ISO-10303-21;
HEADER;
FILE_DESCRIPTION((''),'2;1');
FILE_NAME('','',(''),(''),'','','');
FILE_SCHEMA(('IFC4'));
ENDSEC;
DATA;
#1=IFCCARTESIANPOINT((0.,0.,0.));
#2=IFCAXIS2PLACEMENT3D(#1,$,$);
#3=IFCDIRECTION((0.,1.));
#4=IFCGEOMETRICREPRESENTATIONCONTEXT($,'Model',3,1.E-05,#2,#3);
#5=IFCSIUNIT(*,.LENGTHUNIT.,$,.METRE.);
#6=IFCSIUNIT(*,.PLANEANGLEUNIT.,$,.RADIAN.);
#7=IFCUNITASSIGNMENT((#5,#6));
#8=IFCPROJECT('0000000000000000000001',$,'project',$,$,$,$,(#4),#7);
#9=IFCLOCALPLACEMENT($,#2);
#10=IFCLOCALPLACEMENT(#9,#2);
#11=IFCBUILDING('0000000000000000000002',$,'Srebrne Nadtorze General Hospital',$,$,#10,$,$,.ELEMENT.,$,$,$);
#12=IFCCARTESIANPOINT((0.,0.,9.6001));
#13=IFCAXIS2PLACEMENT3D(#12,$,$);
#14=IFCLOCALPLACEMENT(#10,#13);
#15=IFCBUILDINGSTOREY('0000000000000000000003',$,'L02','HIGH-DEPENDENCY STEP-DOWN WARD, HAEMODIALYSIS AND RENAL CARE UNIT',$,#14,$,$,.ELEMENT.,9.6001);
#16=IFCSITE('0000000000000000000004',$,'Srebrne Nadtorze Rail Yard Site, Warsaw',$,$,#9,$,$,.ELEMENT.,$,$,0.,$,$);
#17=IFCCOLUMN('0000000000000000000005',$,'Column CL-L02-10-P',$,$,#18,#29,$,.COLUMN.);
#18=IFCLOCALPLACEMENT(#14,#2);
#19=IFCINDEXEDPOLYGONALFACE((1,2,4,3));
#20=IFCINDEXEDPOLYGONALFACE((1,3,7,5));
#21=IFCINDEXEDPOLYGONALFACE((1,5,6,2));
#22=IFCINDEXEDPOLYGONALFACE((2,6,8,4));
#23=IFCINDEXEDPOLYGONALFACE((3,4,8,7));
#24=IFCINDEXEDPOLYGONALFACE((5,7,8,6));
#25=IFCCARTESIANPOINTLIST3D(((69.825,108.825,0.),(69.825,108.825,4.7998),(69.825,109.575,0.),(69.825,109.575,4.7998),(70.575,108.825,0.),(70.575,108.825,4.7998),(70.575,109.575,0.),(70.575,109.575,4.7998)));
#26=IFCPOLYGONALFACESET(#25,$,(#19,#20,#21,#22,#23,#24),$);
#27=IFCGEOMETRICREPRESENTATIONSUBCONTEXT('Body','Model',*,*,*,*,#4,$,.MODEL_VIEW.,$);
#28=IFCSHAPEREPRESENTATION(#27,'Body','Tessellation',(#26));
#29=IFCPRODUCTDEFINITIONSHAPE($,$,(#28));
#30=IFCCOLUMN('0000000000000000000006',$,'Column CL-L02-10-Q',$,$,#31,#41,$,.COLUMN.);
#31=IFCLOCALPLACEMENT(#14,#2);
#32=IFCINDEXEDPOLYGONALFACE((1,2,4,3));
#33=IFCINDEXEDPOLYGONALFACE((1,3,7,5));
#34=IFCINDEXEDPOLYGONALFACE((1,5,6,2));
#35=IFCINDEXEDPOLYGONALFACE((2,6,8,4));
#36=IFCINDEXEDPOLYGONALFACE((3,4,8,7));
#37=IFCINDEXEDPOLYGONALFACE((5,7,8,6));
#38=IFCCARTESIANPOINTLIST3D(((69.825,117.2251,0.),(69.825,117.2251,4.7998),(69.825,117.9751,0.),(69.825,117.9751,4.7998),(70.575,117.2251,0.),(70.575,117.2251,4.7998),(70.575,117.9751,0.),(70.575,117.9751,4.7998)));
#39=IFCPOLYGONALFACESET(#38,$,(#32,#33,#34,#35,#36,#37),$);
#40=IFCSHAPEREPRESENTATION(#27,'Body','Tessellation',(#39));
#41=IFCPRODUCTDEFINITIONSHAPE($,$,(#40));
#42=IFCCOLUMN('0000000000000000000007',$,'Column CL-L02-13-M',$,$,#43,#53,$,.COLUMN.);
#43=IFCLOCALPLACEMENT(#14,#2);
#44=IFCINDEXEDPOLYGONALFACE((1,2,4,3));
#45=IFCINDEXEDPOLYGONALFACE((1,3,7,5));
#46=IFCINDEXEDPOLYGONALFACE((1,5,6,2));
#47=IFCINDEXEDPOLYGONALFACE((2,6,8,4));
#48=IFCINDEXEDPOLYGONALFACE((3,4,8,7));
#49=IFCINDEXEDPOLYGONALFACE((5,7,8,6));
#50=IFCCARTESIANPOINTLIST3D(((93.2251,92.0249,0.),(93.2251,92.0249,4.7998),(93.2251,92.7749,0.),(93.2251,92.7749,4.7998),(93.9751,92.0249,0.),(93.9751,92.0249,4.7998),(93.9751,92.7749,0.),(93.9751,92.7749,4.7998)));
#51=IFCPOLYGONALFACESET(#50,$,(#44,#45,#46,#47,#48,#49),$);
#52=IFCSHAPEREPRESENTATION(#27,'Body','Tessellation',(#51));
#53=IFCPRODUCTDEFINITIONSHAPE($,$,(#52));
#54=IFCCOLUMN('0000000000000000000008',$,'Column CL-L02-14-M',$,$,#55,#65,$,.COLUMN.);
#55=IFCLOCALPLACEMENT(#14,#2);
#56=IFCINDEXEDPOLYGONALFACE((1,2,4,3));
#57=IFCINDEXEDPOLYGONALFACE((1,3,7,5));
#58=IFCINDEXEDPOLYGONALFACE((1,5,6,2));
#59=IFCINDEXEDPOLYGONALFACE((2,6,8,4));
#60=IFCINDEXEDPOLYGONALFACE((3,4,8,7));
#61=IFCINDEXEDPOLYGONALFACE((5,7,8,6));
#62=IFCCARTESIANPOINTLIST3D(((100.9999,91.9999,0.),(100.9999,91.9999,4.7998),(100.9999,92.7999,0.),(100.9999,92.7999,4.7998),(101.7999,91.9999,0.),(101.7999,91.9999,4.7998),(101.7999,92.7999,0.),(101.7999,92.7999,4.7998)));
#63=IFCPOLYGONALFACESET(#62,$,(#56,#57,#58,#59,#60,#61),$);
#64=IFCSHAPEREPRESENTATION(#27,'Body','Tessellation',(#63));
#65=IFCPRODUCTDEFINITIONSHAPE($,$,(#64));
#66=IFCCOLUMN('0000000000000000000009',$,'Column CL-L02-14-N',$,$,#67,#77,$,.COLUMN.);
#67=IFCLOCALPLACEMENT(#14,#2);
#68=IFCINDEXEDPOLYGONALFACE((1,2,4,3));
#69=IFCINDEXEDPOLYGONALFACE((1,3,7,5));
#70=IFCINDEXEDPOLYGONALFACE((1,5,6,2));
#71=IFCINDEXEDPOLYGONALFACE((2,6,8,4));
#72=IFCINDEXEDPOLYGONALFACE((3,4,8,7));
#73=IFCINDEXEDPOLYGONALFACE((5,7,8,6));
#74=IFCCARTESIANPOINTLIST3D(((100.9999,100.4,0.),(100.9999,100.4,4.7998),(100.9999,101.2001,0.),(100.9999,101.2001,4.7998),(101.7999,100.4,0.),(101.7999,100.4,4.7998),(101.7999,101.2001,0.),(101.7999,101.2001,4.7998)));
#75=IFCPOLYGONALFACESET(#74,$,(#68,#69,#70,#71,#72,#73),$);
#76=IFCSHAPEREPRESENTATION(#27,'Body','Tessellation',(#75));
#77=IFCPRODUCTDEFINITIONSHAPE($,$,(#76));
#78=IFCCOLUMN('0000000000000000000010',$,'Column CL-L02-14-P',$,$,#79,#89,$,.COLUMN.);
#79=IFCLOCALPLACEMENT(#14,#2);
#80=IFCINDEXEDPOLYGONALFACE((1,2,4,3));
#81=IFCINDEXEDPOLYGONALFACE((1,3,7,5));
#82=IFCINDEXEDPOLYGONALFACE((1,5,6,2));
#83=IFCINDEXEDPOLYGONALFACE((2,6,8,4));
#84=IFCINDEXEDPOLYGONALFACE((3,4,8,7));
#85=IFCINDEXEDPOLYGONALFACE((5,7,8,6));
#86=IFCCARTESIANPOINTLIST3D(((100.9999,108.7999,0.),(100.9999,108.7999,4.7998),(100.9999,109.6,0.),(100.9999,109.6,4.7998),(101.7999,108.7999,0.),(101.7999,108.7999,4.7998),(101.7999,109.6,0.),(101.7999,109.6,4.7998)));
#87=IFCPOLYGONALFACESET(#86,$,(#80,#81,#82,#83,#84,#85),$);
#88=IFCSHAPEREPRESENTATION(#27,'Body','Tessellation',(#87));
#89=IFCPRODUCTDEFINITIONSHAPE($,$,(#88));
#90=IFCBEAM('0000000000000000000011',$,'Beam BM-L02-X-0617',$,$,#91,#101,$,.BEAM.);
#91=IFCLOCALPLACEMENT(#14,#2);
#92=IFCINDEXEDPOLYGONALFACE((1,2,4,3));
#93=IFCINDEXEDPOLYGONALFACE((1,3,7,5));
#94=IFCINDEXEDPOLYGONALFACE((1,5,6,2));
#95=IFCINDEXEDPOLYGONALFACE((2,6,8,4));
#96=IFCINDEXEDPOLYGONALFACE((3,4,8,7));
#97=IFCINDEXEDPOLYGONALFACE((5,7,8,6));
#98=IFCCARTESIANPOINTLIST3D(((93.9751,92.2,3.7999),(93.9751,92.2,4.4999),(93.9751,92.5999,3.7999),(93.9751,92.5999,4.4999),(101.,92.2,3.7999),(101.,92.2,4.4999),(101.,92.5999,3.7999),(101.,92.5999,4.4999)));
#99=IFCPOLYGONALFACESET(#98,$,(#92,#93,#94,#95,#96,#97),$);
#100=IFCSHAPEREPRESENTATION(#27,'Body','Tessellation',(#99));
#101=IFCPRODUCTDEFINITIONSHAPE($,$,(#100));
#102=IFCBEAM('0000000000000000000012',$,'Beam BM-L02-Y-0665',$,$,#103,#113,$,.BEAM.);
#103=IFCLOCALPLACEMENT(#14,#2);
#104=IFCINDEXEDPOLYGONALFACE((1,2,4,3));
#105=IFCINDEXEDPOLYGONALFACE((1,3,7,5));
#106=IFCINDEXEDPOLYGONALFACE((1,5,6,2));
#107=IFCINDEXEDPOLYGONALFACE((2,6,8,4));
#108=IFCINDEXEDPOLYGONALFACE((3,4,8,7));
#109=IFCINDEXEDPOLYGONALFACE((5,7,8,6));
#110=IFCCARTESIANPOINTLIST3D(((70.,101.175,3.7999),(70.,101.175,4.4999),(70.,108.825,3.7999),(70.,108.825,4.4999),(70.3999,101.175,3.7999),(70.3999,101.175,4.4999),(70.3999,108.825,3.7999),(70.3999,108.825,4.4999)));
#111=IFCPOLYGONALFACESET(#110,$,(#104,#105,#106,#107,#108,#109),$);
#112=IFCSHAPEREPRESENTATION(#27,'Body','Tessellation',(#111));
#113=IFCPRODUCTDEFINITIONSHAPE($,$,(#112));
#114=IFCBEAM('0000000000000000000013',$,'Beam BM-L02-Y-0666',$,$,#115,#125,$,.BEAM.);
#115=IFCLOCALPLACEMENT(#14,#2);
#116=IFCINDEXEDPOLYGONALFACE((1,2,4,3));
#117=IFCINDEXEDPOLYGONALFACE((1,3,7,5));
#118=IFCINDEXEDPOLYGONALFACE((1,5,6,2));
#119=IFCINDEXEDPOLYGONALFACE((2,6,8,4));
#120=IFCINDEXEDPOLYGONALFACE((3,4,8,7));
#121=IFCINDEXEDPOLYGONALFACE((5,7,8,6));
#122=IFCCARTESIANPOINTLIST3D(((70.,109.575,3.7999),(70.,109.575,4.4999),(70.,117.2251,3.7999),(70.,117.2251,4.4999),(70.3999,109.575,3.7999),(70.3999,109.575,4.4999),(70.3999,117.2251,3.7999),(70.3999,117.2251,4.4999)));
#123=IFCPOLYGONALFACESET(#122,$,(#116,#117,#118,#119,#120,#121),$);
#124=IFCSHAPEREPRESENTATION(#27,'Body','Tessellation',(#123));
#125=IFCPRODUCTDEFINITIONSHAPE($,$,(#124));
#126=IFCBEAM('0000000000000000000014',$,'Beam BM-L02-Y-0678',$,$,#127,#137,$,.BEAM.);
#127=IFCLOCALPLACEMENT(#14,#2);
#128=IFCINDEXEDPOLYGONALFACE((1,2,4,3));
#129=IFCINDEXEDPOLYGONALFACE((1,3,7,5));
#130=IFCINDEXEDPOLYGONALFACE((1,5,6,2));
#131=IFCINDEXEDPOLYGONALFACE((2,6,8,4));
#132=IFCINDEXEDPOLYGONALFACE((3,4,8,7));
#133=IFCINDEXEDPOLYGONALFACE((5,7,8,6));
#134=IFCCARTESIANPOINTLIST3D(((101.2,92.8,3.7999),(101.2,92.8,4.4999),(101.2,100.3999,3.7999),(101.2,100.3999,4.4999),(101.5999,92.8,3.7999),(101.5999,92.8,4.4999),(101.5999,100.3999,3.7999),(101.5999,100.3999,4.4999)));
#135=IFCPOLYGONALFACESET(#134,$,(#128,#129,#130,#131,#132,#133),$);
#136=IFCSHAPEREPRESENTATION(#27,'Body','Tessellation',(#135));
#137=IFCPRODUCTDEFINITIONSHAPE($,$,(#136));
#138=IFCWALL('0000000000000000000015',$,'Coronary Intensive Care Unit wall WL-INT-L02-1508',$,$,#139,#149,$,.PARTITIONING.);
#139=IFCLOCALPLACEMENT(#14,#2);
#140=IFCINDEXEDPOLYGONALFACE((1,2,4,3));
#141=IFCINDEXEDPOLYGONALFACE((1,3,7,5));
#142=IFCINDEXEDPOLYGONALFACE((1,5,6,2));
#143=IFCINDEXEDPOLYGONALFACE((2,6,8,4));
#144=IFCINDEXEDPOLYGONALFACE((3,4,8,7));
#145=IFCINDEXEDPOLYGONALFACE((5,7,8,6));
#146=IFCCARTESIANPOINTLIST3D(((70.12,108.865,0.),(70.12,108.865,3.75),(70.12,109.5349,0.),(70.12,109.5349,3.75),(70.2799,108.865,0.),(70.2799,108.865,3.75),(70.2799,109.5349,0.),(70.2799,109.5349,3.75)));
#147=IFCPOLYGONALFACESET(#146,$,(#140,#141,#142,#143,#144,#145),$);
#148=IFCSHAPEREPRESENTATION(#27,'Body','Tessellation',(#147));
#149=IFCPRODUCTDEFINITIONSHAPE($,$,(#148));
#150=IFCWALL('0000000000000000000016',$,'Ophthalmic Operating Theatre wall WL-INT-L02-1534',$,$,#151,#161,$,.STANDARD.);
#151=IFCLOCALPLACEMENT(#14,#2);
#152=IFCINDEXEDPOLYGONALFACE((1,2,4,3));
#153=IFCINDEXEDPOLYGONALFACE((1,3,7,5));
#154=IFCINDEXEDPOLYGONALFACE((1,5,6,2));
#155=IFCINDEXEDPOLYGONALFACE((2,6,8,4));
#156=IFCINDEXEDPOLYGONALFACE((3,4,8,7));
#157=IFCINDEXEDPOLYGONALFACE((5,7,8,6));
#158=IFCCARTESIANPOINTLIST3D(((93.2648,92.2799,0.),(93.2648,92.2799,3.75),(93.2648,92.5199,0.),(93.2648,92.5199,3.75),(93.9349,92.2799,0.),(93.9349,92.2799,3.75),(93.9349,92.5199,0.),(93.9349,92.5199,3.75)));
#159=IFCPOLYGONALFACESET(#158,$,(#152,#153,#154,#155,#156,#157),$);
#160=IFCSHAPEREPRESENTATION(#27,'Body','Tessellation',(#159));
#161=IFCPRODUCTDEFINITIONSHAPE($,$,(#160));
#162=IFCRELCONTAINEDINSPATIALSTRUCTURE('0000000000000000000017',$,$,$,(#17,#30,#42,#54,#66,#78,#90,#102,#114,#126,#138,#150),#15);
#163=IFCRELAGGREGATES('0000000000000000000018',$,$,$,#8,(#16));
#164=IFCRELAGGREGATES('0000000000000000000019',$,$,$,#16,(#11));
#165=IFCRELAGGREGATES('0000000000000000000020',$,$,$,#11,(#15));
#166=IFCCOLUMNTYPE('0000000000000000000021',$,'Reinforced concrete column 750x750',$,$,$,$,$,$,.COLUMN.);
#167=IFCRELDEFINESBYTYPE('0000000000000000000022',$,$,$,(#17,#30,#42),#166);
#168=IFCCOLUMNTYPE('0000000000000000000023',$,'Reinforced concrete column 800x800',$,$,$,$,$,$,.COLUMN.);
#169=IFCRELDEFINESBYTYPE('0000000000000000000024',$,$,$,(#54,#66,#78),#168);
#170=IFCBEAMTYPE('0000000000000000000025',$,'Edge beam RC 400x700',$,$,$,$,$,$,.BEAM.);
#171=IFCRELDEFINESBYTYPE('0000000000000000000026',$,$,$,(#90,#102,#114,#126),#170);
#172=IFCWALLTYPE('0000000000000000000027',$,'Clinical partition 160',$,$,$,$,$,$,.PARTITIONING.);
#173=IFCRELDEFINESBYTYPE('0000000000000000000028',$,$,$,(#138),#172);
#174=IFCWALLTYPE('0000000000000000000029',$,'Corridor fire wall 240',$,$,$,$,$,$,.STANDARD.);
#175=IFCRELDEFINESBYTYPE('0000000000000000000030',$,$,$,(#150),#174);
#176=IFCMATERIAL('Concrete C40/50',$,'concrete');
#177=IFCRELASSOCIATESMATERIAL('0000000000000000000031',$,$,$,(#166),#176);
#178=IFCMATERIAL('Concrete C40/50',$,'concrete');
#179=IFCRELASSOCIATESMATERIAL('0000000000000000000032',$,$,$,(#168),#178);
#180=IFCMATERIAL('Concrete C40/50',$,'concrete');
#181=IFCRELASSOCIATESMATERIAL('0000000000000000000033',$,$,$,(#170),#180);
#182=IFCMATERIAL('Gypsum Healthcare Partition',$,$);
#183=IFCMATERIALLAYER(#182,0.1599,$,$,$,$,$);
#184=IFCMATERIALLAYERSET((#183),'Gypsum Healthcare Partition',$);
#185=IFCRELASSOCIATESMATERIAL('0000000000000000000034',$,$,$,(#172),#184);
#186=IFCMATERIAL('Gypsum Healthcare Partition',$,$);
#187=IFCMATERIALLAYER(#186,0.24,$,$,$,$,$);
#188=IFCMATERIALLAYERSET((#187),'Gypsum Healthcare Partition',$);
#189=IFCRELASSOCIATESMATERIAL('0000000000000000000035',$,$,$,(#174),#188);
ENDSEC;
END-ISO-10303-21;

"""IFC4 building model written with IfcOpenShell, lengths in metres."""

from ifc_helpers import new_model, si_unit, direction, frame, frame_2d, origin, origin_2d, place, context, subcontext, project, spatial, rectangle, extrude, material, layer, layer_set, material_profile, profile_set, type_object, element, save


model = new_model("IFC4")

# Units and contexts
model_context = context("Model", 3, precision=1e-05, world=origin(), true_north=direction((0.0, 1.0)))
body_context = subcontext(model_context, "Body", "Model", "MODEL_VIEW")
ifc_project = project(units=[si_unit("LENGTHUNIT", "METRE"), si_unit("PLANEANGLEUNIT", "RADIAN")], contexts=[model_context])

# Site, building, storey
site_placement = place(None, origin())
site = spatial("IfcSite", under=ifc_project, at=site_placement, Name="Srebrne Nadtorze Rail Yard Site, Warsaw", CompositionType="ELEMENT", RefElevation=0.0)
building_placement = place(site_placement, origin())
building = spatial("IfcBuilding", under=site, at=building_placement, Name="Srebrne Nadtorze General Hospital", CompositionType="ELEMENT")
storey_placement = place(building_placement, frame((0.0, 0.0, 9.6001)))
storey = spatial("IfcBuildingStorey", under=building, at=storey_placement, Name="L02", Description="HIGH-DEPENDENCY STEP-DOWN WARD, HAEMODIALYSIS AND RENAL CARE UNIT", CompositionType="ELEMENT", Elevation=9.6001)

# Columns
ifc_material_1 = material(Name="Concrete C40/50", Category="concrete")
ifc_material_profile_1 = material_profile(ifc_material_1, rectangle(XDim=0.75, YDim=0.75, at=origin_2d()), Name="RC-COL-750x750")
ifc_profile_set_1 = profile_set([ifc_material_profile_1], Name="Concrete C40/50")
column_type_1 = type_object("IfcColumnType", Name="Reinforced concrete column 750x750", PredefinedType="COLUMN", material=ifc_profile_set_1)
for number, where, z_axis, x_axis, name in (
    (1, (70.2, 109.2, 0.0), (0.0, 0.0, 1.0), (1.0, 0.0, 0.0), "Column CL-L02-10-P"),
    (2, (70.2, 117.6001, 0.0), (0.0, 0.0, 1.0), (1.0, 0.0, 0.0), "Column CL-L02-10-Q"),
    (3, (93.6001, 92.3999, 0.0), (0.0, 0.0, 1.0), (1.0, 0.0, 0.0), "Column CL-L02-13-M"),
):
    element("IfcColumn", number, at=place(storey_placement, frame(where, z_axis=z_axis, x_axis=x_axis)), inside=storey, type_object=column_type_1, Name=name, PredefinedType="COLUMN", context=body_context, shape_type="SweptSolid", body=[
        extrude(rectangle(XDim=0.75, YDim=0.75, at=origin_2d()), origin(), (0.0, 0.0, 1.0), 4.7998),
    ])
ifc_material_2 = material(Name="Concrete C40/50", Category="concrete")
ifc_material_profile_2 = material_profile(ifc_material_2, rectangle(XDim=0.8, YDim=0.8, at=origin_2d()), Name="RC-COL-800x800")
ifc_profile_set_2 = profile_set([ifc_material_profile_2], Name="Concrete C40/50")
column_type_2 = type_object("IfcColumnType", Name="Reinforced concrete column 800x800", PredefinedType="COLUMN", material=ifc_profile_set_2)
for number, where, z_axis, x_axis, name in (
    (4, (101.3999, 92.3999, 0.0), (0.0, 0.0, 1.0), (1.0, 0.0, 0.0), "Column CL-L02-14-M"),
    (5, (101.3999, 100.8, 0.0), (0.0, 0.0, 1.0), (1.0, 0.0, 0.0), "Column CL-L02-14-N"),
    (6, (101.3999, 109.2, 0.0), (0.0, 0.0, 1.0), (1.0, 0.0, 0.0), "Column CL-L02-14-P"),
):
    element("IfcColumn", number, at=place(storey_placement, frame(where, z_axis=z_axis, x_axis=x_axis)), inside=storey, type_object=column_type_2, Name=name, PredefinedType="COLUMN", context=body_context, shape_type="SweptSolid", body=[
        extrude(rectangle(XDim=0.8, YDim=0.8, at=origin_2d()), origin(), (0.0, 0.0, 1.0), 4.7998),
    ])

# Beams
ifc_material_3 = material(Name="Concrete C40/50", Category="concrete")
ifc_material_profile_3 = material_profile(ifc_material_3, rectangle(XDim=0.3999, YDim=0.7, at=origin_2d()), Name="RC-BM-400x700")
ifc_profile_set_3 = profile_set([ifc_material_profile_3], Name="Concrete C40/50")
beam_type = type_object("IfcBeamType", Name="Edge beam RC 400x700", PredefinedType="BEAM", material=ifc_profile_set_3)
beam_1_placement = place(storey_placement, frame((93.9751, 92.3999, 4.1499), z_axis=(1.0, 0.0, 0.0), x_axis=(0.0, 1.0, 0.0)))
element("IfcBeam", 7, at=beam_1_placement, inside=storey, type_object=beam_type, Name="Beam BM-L02-X-0617", PredefinedType="BEAM", context=body_context, shape_type="SweptSolid", body=[
    extrude(rectangle(XDim=0.3999, YDim=0.7, at=origin_2d()), origin(), (0.0, 0.0, 1.0), 7.0249),
])
beam_2_placement = place(storey_placement, frame((70.2, 101.175, 4.1499), z_axis=(0.0, 1.0, 0.0), x_axis=(-1.0, 0.0, 0.0)))
element("IfcBeam", 8, at=beam_2_placement, inside=storey, type_object=beam_type, Name="Beam BM-L02-Y-0665", PredefinedType="BEAM", context=body_context, shape_type="SweptSolid", body=[
    extrude(rectangle(XDim=0.3999, YDim=0.7, at=origin_2d()), origin(), (0.0, 0.0, 1.0), 7.6499),
])
beam_3_placement = place(storey_placement, frame((70.2, 109.575, 4.1499), z_axis=(0.0, 1.0, 0.0), x_axis=(-1.0, 0.0, 0.0)))
element("IfcBeam", 9, at=beam_3_placement, inside=storey, type_object=beam_type, Name="Beam BM-L02-Y-0666", PredefinedType="BEAM", context=body_context, shape_type="SweptSolid", body=[
    extrude(rectangle(XDim=0.3999, YDim=0.7, at=origin_2d()), origin(), (0.0, 0.0, 1.0), 7.6501),
])
beam_4_placement = place(storey_placement, frame((101.3999, 92.8, 4.1499), z_axis=(0.0, 1.0, 0.0), x_axis=(-1.0, 0.0, 0.0)))
element("IfcBeam", 10, at=beam_4_placement, inside=storey, type_object=beam_type, Name="Beam BM-L02-Y-0678", PredefinedType="BEAM", context=body_context, shape_type="SweptSolid", body=[
    extrude(rectangle(XDim=0.3999, YDim=0.7, at=origin_2d()), origin(), (0.0, 0.0, 1.0), 7.5999),
])

# Walls
ifc_material_4 = material(Name="Gypsum Healthcare Partition")
ifc_layer_1 = layer(ifc_material_4, 0.1599)
ifc_layer_set_1 = layer_set([ifc_layer_1], Name="Gypsum Healthcare Partition")
wall_type_1 = type_object("IfcWallType", Name="Clinical partition 160", PredefinedType="PARTITIONING", material=ifc_layer_set_1)
wall_1_placement = place(storey_placement, frame((70.2, 108.865, 0.0), z_axis=(0.0, 0.0, 1.0), x_axis=(0.0, 1.0, 0.0)))
element("IfcWall", 11, at=wall_1_placement, inside=storey, type_object=wall_type_1, Name="Coronary Intensive Care Unit wall WL-INT-L02-1508", PredefinedType="PARTITIONING", context=body_context, shape_type="SweptSolid", body=[
    extrude(rectangle(XDim=0.6699, YDim=0.1599, at=frame_2d((0.335, 0.0))), origin(), (0.0, 0.0, 1.0), 3.75),
])
ifc_material_5 = material(Name="Gypsum Healthcare Partition")
ifc_layer_2 = layer(ifc_material_5, 0.24)
ifc_layer_set_2 = layer_set([ifc_layer_2], Name="Gypsum Healthcare Partition")
wall_type_2 = type_object("IfcWallType", Name="Corridor fire wall 240", PredefinedType="STANDARD", material=ifc_layer_set_2)
wall_2_placement = place(storey_placement, frame((93.2649, 92.3999, 0.0), z_axis=(0.0, 0.0, 1.0), x_axis=(1.0, 0.0, 0.0)))
element("IfcWall", 12, at=wall_2_placement, inside=storey, type_object=wall_type_2, Name="Ophthalmic Operating Theatre wall WL-INT-L02-1534", PredefinedType="STANDARD", context=body_context, shape_type="SweptSolid", body=[
    extrude(rectangle(XDim=0.6702, YDim=0.24, at=frame_2d((0.335, 0.0))), origin(), (0.0, 0.0, 1.0), 3.75),
])

save(model, "model.ifc")
